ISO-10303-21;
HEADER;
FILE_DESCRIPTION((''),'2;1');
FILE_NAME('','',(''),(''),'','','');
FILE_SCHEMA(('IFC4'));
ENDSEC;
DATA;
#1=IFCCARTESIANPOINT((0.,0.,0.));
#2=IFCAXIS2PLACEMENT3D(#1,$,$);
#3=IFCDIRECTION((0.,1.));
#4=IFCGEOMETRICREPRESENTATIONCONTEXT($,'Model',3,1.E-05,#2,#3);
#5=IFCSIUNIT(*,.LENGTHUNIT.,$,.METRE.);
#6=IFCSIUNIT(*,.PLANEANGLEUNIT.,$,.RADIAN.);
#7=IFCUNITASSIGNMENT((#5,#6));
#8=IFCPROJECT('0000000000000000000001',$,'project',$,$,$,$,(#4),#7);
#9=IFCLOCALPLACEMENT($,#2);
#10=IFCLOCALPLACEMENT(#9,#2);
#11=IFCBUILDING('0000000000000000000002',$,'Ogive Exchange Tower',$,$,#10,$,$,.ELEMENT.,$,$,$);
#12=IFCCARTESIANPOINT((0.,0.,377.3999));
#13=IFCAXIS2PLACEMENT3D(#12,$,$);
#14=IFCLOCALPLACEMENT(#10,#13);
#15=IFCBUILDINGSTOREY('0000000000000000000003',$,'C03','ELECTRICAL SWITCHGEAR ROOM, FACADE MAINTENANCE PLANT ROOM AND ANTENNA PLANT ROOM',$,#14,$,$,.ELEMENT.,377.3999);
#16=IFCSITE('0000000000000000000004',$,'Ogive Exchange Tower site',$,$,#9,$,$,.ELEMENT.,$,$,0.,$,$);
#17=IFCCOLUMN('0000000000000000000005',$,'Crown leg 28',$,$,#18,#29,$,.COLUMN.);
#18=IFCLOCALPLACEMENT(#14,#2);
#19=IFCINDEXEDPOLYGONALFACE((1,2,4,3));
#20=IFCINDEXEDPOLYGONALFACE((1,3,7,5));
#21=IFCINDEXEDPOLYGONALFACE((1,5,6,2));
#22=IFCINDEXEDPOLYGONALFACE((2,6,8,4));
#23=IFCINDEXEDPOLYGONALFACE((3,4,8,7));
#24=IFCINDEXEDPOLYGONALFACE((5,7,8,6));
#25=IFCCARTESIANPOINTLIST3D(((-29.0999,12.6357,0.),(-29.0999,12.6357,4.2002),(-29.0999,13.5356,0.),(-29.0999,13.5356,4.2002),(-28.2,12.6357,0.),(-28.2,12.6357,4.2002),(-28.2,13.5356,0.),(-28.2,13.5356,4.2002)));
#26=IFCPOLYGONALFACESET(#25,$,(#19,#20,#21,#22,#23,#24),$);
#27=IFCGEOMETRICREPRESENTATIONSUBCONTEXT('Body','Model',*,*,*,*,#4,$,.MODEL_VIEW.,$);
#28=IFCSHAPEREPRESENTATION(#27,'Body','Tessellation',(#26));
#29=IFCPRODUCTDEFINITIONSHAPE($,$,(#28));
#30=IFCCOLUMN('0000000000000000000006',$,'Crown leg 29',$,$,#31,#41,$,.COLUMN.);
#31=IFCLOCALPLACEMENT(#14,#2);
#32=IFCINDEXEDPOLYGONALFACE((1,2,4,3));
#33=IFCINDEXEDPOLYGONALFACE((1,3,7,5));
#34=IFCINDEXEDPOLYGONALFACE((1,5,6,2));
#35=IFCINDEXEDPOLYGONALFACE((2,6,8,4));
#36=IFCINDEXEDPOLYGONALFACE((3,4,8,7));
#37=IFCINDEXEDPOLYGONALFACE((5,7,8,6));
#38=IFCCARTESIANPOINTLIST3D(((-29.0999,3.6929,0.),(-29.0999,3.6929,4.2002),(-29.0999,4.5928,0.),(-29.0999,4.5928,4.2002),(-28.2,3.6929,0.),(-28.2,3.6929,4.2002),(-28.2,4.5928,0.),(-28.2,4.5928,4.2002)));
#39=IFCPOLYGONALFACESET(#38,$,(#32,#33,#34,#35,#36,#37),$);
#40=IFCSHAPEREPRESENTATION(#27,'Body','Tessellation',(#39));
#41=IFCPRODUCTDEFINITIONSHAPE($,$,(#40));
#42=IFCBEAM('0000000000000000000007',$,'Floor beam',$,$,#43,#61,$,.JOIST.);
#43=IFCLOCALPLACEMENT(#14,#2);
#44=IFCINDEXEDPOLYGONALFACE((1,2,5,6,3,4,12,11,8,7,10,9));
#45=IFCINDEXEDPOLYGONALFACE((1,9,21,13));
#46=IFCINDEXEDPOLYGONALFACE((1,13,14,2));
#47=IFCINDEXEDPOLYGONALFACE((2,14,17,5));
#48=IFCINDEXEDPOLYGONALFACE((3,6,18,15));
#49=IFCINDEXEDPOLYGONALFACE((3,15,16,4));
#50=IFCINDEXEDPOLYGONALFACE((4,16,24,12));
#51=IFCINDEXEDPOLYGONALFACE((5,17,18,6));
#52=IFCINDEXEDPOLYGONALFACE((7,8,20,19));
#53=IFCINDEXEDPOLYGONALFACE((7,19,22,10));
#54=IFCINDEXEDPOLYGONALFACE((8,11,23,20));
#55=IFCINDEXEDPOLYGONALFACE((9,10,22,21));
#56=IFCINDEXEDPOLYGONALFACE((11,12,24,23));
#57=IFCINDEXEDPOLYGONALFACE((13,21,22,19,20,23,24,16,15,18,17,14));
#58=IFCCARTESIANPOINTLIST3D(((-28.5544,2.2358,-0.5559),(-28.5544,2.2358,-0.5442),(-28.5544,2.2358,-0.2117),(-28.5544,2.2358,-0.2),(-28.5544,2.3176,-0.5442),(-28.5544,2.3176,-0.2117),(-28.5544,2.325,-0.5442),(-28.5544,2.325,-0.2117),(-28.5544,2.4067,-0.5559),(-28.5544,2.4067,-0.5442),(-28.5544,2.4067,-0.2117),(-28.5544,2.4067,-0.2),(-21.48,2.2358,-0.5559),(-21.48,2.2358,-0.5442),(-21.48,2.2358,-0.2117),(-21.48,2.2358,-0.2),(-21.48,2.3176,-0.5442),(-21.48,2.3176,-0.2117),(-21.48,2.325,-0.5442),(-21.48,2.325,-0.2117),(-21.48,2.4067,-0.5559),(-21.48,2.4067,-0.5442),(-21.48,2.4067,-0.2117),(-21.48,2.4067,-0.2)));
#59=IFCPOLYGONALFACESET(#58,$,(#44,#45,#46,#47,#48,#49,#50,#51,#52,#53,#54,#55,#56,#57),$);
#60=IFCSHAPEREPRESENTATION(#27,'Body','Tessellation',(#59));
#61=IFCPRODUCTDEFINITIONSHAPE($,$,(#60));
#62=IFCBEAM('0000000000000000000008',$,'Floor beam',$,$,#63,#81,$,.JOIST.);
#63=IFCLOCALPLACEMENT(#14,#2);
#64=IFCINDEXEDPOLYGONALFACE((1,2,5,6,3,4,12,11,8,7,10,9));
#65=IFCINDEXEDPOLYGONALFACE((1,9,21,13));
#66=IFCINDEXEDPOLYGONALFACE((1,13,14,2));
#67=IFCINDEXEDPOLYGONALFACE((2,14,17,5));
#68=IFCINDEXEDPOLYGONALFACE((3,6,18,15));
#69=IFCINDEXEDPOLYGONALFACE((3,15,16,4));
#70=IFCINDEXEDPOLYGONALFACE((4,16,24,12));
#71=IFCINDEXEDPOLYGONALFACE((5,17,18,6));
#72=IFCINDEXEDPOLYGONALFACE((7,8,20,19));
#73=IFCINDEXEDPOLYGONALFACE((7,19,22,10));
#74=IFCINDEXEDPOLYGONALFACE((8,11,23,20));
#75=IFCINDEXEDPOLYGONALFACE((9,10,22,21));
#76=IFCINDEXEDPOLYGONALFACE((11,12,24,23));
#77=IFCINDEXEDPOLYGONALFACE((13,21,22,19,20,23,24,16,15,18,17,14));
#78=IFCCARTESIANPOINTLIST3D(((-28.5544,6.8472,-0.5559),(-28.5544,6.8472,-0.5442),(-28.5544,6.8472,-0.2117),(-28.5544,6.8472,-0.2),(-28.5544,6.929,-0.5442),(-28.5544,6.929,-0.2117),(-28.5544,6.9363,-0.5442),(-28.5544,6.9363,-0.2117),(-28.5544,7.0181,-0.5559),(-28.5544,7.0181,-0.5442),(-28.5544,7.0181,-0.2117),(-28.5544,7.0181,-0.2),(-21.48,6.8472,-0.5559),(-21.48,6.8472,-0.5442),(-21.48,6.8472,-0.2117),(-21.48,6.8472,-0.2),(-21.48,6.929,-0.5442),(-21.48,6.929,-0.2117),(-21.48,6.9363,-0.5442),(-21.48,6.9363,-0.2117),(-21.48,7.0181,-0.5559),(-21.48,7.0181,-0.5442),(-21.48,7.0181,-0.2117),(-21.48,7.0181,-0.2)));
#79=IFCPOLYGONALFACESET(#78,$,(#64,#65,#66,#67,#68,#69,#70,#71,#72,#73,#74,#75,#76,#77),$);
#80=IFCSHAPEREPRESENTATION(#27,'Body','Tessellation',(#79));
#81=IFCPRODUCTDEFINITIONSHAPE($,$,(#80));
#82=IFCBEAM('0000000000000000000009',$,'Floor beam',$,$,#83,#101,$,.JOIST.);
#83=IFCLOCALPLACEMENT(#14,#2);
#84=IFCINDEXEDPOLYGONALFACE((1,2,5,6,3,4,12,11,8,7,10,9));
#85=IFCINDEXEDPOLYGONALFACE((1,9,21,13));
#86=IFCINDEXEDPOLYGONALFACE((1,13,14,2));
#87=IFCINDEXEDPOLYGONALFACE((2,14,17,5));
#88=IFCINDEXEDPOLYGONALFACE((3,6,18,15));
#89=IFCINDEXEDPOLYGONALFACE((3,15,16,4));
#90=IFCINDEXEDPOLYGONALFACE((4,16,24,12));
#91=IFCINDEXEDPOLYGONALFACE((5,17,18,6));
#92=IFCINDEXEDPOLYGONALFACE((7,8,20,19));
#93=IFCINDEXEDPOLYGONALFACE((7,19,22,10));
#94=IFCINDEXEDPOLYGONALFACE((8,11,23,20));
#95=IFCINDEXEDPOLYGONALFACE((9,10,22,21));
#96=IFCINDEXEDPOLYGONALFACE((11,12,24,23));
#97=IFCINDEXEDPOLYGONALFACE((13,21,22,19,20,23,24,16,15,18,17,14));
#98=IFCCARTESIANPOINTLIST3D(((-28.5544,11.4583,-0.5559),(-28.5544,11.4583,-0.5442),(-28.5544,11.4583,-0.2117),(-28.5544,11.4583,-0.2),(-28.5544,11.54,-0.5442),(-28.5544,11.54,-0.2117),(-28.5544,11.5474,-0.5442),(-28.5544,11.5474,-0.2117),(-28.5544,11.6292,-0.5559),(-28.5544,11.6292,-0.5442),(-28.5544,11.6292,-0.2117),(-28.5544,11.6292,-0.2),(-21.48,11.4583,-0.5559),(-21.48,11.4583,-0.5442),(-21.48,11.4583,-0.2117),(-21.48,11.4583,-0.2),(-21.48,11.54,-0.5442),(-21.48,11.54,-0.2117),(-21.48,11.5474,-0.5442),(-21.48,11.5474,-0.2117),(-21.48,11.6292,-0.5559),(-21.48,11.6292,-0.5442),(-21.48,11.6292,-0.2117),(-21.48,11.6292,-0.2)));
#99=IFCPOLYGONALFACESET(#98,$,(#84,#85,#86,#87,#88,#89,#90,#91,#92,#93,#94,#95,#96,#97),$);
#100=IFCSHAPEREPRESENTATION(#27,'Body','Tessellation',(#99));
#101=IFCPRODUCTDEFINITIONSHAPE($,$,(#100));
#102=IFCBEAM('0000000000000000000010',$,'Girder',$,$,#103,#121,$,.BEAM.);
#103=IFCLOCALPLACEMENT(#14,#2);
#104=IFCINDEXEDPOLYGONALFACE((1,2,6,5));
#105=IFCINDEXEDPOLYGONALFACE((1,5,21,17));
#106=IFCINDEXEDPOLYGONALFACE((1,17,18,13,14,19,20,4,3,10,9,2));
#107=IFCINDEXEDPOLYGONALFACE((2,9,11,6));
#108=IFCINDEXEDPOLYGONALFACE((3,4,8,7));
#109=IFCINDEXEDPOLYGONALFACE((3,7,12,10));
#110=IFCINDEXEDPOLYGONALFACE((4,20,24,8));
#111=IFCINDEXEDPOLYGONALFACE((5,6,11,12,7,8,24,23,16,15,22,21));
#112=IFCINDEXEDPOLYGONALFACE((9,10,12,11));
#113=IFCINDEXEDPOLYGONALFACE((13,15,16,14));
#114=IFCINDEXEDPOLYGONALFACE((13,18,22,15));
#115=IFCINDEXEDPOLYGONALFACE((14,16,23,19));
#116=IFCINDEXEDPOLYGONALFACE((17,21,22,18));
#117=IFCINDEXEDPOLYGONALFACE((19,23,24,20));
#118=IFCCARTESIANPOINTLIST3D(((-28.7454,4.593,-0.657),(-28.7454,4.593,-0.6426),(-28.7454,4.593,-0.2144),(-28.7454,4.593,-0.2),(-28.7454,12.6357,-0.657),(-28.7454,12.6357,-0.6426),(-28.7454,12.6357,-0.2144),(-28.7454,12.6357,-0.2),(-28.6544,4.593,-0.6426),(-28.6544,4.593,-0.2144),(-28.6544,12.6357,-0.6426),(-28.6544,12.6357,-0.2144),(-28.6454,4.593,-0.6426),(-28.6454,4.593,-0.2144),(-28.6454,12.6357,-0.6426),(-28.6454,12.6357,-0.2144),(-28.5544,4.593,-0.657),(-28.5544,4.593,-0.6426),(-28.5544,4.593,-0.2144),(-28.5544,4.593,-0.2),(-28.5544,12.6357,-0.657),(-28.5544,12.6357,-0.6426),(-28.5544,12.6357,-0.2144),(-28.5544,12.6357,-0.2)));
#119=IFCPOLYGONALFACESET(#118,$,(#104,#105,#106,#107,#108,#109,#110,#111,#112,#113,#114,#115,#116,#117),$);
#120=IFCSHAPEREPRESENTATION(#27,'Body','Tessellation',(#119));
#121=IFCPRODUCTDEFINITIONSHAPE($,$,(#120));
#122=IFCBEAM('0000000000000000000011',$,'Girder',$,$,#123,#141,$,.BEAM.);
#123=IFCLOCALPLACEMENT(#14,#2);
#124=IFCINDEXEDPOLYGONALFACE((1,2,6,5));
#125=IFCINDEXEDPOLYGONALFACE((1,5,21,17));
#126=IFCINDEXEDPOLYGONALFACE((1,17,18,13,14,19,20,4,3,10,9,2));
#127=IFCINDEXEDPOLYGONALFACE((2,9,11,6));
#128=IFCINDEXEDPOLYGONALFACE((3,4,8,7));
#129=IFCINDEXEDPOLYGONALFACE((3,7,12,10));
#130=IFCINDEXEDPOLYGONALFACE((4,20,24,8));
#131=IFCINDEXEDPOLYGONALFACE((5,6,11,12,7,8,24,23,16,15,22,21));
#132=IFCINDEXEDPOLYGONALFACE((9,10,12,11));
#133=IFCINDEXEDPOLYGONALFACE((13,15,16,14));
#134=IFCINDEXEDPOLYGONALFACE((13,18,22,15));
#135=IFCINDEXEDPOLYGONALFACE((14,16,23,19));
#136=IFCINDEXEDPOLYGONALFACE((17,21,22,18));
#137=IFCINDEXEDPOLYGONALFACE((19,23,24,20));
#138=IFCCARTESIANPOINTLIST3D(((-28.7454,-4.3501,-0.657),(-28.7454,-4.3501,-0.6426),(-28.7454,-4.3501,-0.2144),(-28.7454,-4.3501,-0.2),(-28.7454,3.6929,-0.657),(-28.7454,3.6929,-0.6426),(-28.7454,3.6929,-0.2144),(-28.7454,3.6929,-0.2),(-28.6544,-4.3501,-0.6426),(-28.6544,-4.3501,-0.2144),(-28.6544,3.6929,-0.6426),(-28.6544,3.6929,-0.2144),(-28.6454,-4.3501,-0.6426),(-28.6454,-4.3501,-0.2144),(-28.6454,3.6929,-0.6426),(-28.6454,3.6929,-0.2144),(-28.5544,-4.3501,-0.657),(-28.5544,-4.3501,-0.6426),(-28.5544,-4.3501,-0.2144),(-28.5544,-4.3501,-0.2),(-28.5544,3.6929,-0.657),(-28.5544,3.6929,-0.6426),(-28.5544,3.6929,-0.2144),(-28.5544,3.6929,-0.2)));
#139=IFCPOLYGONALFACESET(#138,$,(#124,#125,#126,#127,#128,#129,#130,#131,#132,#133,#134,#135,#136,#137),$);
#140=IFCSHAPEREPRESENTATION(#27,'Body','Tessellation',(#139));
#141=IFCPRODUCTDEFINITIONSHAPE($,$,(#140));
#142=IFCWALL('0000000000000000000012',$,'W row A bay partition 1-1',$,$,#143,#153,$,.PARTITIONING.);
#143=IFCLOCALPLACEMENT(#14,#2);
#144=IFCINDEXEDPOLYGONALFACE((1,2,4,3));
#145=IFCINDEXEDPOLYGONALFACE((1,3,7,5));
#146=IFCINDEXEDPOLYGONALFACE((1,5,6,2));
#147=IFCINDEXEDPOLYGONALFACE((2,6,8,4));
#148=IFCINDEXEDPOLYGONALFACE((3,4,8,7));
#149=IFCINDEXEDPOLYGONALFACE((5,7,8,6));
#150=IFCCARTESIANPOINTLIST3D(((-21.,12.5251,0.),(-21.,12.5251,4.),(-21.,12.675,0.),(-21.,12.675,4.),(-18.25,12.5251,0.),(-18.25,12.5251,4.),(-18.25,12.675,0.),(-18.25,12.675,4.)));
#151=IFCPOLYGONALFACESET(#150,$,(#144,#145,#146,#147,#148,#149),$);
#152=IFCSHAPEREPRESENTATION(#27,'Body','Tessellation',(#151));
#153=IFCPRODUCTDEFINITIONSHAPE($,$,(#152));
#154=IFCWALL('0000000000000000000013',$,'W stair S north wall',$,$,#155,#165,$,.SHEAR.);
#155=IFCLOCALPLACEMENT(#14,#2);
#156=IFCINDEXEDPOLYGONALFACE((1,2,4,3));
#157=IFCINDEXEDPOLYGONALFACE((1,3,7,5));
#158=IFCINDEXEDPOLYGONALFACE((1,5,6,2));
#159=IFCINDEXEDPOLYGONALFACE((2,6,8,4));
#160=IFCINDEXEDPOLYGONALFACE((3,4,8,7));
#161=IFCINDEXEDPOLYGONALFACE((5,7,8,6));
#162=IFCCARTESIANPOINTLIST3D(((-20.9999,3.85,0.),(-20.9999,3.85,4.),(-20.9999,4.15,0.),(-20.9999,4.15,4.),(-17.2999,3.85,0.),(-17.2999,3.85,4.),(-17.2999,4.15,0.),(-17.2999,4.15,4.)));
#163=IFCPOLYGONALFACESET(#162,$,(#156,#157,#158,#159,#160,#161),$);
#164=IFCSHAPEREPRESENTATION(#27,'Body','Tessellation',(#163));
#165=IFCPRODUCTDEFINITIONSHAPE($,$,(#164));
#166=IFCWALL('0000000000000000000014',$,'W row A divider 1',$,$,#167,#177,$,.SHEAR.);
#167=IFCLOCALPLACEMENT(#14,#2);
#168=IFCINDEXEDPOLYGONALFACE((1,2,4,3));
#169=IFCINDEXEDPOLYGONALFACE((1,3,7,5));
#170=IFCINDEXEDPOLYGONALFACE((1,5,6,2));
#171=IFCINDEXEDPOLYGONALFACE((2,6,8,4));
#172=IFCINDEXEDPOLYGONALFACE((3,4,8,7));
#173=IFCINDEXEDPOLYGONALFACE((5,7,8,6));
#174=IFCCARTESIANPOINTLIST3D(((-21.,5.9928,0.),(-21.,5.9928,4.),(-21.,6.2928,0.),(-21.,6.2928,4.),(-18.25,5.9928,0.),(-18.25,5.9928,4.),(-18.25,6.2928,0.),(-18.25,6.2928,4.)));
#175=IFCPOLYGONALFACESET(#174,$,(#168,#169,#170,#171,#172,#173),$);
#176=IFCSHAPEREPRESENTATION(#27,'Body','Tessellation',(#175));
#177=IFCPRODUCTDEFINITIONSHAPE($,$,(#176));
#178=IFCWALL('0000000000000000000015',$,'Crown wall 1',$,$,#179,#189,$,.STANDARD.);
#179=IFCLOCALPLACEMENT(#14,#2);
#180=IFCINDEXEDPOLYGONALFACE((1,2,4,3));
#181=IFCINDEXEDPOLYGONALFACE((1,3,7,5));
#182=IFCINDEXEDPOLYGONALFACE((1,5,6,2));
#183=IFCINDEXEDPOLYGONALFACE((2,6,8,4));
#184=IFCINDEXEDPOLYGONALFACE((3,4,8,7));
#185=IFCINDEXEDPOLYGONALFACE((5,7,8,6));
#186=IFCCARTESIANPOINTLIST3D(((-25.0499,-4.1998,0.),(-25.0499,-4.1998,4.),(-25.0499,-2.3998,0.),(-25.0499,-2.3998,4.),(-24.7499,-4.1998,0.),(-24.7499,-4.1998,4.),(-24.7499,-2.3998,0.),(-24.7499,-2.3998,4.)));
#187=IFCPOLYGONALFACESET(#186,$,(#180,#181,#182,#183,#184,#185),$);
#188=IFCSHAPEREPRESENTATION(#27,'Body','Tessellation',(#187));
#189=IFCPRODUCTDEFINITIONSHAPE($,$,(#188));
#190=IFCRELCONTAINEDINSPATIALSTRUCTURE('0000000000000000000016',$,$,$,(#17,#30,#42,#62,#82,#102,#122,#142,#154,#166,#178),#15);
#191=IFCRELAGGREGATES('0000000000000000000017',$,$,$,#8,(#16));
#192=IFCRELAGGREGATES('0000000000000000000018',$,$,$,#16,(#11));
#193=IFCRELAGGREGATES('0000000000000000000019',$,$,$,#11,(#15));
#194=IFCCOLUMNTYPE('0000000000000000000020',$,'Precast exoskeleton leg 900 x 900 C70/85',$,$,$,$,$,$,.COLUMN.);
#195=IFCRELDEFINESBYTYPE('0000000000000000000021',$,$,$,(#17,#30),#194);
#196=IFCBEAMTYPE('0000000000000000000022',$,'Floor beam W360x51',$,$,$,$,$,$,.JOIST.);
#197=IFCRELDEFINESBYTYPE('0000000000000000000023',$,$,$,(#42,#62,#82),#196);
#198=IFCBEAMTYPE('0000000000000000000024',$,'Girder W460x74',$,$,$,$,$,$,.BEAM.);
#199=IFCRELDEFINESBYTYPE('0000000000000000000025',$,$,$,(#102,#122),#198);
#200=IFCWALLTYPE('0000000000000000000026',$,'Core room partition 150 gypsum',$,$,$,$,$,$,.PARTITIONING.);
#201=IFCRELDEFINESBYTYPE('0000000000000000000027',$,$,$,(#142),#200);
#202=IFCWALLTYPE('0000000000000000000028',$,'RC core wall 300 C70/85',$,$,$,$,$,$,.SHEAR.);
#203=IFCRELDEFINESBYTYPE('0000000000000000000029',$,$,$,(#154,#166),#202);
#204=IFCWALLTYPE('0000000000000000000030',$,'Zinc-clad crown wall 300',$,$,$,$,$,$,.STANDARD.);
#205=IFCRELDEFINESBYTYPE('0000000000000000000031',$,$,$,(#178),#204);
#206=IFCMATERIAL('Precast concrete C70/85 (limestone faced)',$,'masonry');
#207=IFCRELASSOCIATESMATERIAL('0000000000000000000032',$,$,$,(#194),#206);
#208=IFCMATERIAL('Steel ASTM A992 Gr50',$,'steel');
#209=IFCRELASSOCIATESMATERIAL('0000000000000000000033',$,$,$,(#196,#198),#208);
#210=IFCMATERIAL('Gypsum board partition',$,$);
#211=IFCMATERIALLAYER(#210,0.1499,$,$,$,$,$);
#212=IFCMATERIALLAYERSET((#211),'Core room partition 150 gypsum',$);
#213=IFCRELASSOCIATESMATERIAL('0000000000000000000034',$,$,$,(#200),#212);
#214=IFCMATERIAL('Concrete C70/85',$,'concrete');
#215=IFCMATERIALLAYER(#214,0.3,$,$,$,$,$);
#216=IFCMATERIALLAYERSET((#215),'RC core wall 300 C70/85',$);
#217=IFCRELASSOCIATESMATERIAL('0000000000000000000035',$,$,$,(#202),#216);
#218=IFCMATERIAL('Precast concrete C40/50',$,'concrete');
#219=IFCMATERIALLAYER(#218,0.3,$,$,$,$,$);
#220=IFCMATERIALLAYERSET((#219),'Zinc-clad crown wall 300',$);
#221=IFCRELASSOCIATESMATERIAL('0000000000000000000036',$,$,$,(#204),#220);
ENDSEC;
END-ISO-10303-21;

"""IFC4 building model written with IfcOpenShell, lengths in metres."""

from ifc_helpers import new_model, si_unit, direction, frame, frame_2d, origin, origin_2d, place, context, subcontext, project, spatial, rectangle, i_section, extrude, material, layer, layer_set, material_profile, profile_set, type_object, element, save


model = new_model("IFC4")

# Units and contexts
model_context = context("Model", 3, precision=1e-05, world=origin(), true_north=direction((0.0, 1.0)))
body_context = subcontext(model_context, "Body", "Model", "MODEL_VIEW")
ifc_project = project(units=[si_unit("LENGTHUNIT", "METRE"), si_unit("PLANEANGLEUNIT", "RADIAN")], contexts=[model_context])

# Site, building, storey
site_placement = place(None, origin())
site = spatial("IfcSite", under=ifc_project, at=site_placement, Name="Ogive Exchange Tower site", CompositionType="ELEMENT", RefElevation=0.0)
building_placement = place(site_placement, origin())
building = spatial("IfcBuilding", under=site, at=building_placement, Name="Ogive Exchange Tower", CompositionType="ELEMENT")
storey_placement = place(building_placement, frame((0.0, 0.0, 377.3999)))
storey = spatial("IfcBuildingStorey", under=building, at=storey_placement, Name="C03", Description="ELECTRICAL SWITCHGEAR ROOM, FACADE MAINTENANCE PLANT ROOM AND ANTENNA PLANT ROOM", CompositionType="ELEMENT", Elevation=377.3999)

# Columns
ifc_material_1 = material(Name="Precast concrete C70/85 (limestone faced)", Category="masonry")
ifc_material_profile_1 = material_profile(ifc_material_1, rectangle(XDim=0.8999, YDim=0.8999, at=origin_2d()), Name="900 x 900")
ifc_profile_set_1 = profile_set([ifc_material_profile_1], Name="Precast concrete C70/85 (limestone faced)")
column_type = type_object("IfcColumnType", Name="Precast exoskeleton leg 900 x 900 C70/85", PredefinedType="COLUMN", material=ifc_profile_set_1)
for number, where, z_axis, x_axis, name in (
    (1, (-28.6499, 13.0857, 0.0), (0.0, 0.0, 1.0), (1.0, 0.0, 0.0), "Crown leg 28"),
    (2, (-28.6499, 4.1428, 0.0), (0.0, 0.0, 1.0), (1.0, 0.0, 0.0), "Crown leg 29"),
):
    element("IfcColumn", number, at=place(storey_placement, frame(where, z_axis=z_axis, x_axis=x_axis)), inside=storey, type_object=column_type, Name=name, PredefinedType="COLUMN", context=body_context, shape_type="SweptSolid", body=[
        extrude(rectangle(XDim=0.8999, YDim=0.8999, at=origin_2d()), origin(), (0.0, 0.0, 1.0), 4.2002),
    ])

# Beams
ifc_material_2 = material(Name="Steel ASTM A992 Gr50", Category="steel")
ifc_material_profile_2 = material_profile(ifc_material_2, i_section(OverallWidth=0.1709, OverallDepth=0.356, WebThickness=0.0073, FlangeThickness=0.0117, at=origin_2d()), Name="W360x51")
ifc_profile_set_2 = profile_set([ifc_material_profile_2], Name="Steel ASTM A992 Gr50")
beam_type_1 = type_object("IfcBeamType", Name="Floor beam W360x51", PredefinedType="JOIST", material=ifc_profile_set_2)
for number, where, z_axis, x_axis, name in (
    (3, (-28.5544, 2.3213, -0.3779), (1.0, 0.0, 0.0), (0.0, 1.0, 0.0), "Floor beam"),
    (4, (-28.5544, 6.9326, -0.3779), (1.0, 0.0, 0.0), (0.0, 1.0, 0.0), "Floor beam"),
    (5, (-28.5544, 11.5437, -0.3779), (1.0, 0.0, 0.0), (0.0, 1.0, 0.0), "Floor beam"),
):
    element("IfcBeam", number, at=place(storey_placement, frame(where, z_axis=z_axis, x_axis=x_axis)), inside=storey, type_object=beam_type_1, Name=name, PredefinedType="JOIST", context=body_context, shape_type="SweptSolid", body=[
        extrude(i_section(OverallWidth=0.1709, OverallDepth=0.356, WebThickness=0.0073, FlangeThickness=0.0117, at=origin_2d()), origin(), (0.0, 0.0, 1.0), 7.0745),
    ])
ifc_material_profile_3 = material_profile(ifc_material_2, i_section(OverallWidth=0.1909, OverallDepth=0.457, WebThickness=0.009, FlangeThickness=0.0144, at=origin_2d()), Name="W460x74")
ifc_profile_set_3 = profile_set([ifc_material_profile_3], Name="Steel ASTM A992 Gr50")
beam_type_2 = type_object("IfcBeamType", Name="Girder W460x74", PredefinedType="BEAM", material=ifc_profile_set_3)
beam_1_placement = place(storey_placement, frame((-28.6499, 12.6357, -0.4285), z_axis=(0.0, -1.0, 0.0), x_axis=(1.0, 0.0, 0.0)))
element("IfcBeam", 6, at=beam_1_placement, inside=storey, type_object=beam_type_2, Name="Girder", PredefinedType="BEAM", context=body_context, shape_type="SweptSolid", body=[
    extrude(i_section(OverallWidth=0.1909, OverallDepth=0.457, WebThickness=0.009, FlangeThickness=0.0144, at=origin_2d()), origin(), (0.0, 0.0, 1.0), 8.0427),
])
beam_2_placement = place(storey_placement, frame((-28.6499, 3.6929, -0.4285), z_axis=(0.0, -1.0, 0.0), x_axis=(1.0, 0.0, 0.0)))
element("IfcBeam", 7, at=beam_2_placement, inside=storey, type_object=beam_type_2, Name="Girder", PredefinedType="BEAM", context=body_context, shape_type="SweptSolid", body=[
    extrude(i_section(OverallWidth=0.1909, OverallDepth=0.457, WebThickness=0.009, FlangeThickness=0.0144, at=origin_2d()), origin(), (0.0, 0.0, 1.0), 8.043),
])

# Walls
ifc_material_3 = material(Name="Gypsum board partition")
ifc_layer_1 = layer(ifc_material_3, 0.1499)
ifc_layer_set_1 = layer_set([ifc_layer_1], Name="Core room partition 150 gypsum")
wall_type_1 = type_object("IfcWallType", Name="Core room partition 150 gypsum", PredefinedType="PARTITIONING", material=ifc_layer_set_1)
wall_1_placement = place(storey_placement, frame((-21.0, 12.6001, 0.0), z_axis=(0.0, 0.0, 1.0), x_axis=(1.0, 0.0, 0.0)))
element("IfcWall", 8, at=wall_1_placement, inside=storey, type_object=wall_type_1, Name="W row A bay partition 1-1", PredefinedType="PARTITIONING", context=body_context, shape_type="SweptSolid", body=[
    extrude(rectangle(XDim=2.75, YDim=0.1499, at=frame_2d((1.375, 0.0))), origin(), (0.0, 0.0, 1.0), 4.0),
])
ifc_material_4 = material(Name="Concrete C70/85", Category="concrete")
ifc_layer_2 = layer(ifc_material_4, 0.3)
ifc_layer_set_2 = layer_set([ifc_layer_2], Name="RC core wall 300 C70/85")
wall_type_2 = type_object("IfcWallType", Name="RC core wall 300 C70/85", PredefinedType="SHEAR", material=ifc_layer_set_2)
wall_2_placement = place(storey_placement, frame((-21.0, 4.0, 0.0), z_axis=(0.0, 0.0, 1.0), x_axis=(1.0, 0.0, 0.0)))
element("IfcWall", 9, at=wall_2_placement, inside=storey, type_object=wall_type_2, Name="W stair S north wall", PredefinedType="SHEAR", context=body_context, shape_type="SweptSolid", body=[
    extrude(rectangle(XDim=3.7, YDim=0.3, at=frame_2d((1.8501, 0.0))), origin(), (0.0, 0.0, 1.0), 4.0),
])
wall_3_placement = place(storey_placement, frame((-21.0, 6.1428, 0.0), z_axis=(0.0, 0.0, 1.0), x_axis=(1.0, 0.0, 0.0)))
element("IfcWall", 10, at=wall_3_placement, inside=storey, type_object=wall_type_2, Name="W row A divider 1", PredefinedType="SHEAR", context=body_context, shape_type="SweptSolid", body=[
    extrude(rectangle(XDim=2.75, YDim=0.3, at=frame_2d((1.375, 0.0))), origin(), (0.0, 0.0, 1.0), 4.0),
])
ifc_material_5 = material(Name="Precast concrete C40/50", Category="concrete")
ifc_layer_3 = layer(ifc_material_5, 0.3)
ifc_layer_set_3 = layer_set([ifc_layer_3], Name="Zinc-clad crown wall 300")
wall_type_3 = type_object("IfcWallType", Name="Zinc-clad crown wall 300", PredefinedType="STANDARD", material=ifc_layer_set_3)
wall_4_placement = place(storey_placement, frame((-24.8999, -2.3999, 0.0), z_axis=(0.0, 0.0, 1.0), x_axis=(0.0, -1.0, 0.0)))
element("IfcWall", 11, at=wall_4_placement, inside=storey, type_object=wall_type_3, Name="Crown wall 1", PredefinedType="STANDARD", context=body_context, shape_type="SweptSolid", body=[
    extrude(rectangle(XDim=1.8, YDim=0.3, at=frame_2d((0.8999, 0.0))), origin(), (0.0, 0.0, 1.0), 4.0),
])

save(model, "model.ifc")
